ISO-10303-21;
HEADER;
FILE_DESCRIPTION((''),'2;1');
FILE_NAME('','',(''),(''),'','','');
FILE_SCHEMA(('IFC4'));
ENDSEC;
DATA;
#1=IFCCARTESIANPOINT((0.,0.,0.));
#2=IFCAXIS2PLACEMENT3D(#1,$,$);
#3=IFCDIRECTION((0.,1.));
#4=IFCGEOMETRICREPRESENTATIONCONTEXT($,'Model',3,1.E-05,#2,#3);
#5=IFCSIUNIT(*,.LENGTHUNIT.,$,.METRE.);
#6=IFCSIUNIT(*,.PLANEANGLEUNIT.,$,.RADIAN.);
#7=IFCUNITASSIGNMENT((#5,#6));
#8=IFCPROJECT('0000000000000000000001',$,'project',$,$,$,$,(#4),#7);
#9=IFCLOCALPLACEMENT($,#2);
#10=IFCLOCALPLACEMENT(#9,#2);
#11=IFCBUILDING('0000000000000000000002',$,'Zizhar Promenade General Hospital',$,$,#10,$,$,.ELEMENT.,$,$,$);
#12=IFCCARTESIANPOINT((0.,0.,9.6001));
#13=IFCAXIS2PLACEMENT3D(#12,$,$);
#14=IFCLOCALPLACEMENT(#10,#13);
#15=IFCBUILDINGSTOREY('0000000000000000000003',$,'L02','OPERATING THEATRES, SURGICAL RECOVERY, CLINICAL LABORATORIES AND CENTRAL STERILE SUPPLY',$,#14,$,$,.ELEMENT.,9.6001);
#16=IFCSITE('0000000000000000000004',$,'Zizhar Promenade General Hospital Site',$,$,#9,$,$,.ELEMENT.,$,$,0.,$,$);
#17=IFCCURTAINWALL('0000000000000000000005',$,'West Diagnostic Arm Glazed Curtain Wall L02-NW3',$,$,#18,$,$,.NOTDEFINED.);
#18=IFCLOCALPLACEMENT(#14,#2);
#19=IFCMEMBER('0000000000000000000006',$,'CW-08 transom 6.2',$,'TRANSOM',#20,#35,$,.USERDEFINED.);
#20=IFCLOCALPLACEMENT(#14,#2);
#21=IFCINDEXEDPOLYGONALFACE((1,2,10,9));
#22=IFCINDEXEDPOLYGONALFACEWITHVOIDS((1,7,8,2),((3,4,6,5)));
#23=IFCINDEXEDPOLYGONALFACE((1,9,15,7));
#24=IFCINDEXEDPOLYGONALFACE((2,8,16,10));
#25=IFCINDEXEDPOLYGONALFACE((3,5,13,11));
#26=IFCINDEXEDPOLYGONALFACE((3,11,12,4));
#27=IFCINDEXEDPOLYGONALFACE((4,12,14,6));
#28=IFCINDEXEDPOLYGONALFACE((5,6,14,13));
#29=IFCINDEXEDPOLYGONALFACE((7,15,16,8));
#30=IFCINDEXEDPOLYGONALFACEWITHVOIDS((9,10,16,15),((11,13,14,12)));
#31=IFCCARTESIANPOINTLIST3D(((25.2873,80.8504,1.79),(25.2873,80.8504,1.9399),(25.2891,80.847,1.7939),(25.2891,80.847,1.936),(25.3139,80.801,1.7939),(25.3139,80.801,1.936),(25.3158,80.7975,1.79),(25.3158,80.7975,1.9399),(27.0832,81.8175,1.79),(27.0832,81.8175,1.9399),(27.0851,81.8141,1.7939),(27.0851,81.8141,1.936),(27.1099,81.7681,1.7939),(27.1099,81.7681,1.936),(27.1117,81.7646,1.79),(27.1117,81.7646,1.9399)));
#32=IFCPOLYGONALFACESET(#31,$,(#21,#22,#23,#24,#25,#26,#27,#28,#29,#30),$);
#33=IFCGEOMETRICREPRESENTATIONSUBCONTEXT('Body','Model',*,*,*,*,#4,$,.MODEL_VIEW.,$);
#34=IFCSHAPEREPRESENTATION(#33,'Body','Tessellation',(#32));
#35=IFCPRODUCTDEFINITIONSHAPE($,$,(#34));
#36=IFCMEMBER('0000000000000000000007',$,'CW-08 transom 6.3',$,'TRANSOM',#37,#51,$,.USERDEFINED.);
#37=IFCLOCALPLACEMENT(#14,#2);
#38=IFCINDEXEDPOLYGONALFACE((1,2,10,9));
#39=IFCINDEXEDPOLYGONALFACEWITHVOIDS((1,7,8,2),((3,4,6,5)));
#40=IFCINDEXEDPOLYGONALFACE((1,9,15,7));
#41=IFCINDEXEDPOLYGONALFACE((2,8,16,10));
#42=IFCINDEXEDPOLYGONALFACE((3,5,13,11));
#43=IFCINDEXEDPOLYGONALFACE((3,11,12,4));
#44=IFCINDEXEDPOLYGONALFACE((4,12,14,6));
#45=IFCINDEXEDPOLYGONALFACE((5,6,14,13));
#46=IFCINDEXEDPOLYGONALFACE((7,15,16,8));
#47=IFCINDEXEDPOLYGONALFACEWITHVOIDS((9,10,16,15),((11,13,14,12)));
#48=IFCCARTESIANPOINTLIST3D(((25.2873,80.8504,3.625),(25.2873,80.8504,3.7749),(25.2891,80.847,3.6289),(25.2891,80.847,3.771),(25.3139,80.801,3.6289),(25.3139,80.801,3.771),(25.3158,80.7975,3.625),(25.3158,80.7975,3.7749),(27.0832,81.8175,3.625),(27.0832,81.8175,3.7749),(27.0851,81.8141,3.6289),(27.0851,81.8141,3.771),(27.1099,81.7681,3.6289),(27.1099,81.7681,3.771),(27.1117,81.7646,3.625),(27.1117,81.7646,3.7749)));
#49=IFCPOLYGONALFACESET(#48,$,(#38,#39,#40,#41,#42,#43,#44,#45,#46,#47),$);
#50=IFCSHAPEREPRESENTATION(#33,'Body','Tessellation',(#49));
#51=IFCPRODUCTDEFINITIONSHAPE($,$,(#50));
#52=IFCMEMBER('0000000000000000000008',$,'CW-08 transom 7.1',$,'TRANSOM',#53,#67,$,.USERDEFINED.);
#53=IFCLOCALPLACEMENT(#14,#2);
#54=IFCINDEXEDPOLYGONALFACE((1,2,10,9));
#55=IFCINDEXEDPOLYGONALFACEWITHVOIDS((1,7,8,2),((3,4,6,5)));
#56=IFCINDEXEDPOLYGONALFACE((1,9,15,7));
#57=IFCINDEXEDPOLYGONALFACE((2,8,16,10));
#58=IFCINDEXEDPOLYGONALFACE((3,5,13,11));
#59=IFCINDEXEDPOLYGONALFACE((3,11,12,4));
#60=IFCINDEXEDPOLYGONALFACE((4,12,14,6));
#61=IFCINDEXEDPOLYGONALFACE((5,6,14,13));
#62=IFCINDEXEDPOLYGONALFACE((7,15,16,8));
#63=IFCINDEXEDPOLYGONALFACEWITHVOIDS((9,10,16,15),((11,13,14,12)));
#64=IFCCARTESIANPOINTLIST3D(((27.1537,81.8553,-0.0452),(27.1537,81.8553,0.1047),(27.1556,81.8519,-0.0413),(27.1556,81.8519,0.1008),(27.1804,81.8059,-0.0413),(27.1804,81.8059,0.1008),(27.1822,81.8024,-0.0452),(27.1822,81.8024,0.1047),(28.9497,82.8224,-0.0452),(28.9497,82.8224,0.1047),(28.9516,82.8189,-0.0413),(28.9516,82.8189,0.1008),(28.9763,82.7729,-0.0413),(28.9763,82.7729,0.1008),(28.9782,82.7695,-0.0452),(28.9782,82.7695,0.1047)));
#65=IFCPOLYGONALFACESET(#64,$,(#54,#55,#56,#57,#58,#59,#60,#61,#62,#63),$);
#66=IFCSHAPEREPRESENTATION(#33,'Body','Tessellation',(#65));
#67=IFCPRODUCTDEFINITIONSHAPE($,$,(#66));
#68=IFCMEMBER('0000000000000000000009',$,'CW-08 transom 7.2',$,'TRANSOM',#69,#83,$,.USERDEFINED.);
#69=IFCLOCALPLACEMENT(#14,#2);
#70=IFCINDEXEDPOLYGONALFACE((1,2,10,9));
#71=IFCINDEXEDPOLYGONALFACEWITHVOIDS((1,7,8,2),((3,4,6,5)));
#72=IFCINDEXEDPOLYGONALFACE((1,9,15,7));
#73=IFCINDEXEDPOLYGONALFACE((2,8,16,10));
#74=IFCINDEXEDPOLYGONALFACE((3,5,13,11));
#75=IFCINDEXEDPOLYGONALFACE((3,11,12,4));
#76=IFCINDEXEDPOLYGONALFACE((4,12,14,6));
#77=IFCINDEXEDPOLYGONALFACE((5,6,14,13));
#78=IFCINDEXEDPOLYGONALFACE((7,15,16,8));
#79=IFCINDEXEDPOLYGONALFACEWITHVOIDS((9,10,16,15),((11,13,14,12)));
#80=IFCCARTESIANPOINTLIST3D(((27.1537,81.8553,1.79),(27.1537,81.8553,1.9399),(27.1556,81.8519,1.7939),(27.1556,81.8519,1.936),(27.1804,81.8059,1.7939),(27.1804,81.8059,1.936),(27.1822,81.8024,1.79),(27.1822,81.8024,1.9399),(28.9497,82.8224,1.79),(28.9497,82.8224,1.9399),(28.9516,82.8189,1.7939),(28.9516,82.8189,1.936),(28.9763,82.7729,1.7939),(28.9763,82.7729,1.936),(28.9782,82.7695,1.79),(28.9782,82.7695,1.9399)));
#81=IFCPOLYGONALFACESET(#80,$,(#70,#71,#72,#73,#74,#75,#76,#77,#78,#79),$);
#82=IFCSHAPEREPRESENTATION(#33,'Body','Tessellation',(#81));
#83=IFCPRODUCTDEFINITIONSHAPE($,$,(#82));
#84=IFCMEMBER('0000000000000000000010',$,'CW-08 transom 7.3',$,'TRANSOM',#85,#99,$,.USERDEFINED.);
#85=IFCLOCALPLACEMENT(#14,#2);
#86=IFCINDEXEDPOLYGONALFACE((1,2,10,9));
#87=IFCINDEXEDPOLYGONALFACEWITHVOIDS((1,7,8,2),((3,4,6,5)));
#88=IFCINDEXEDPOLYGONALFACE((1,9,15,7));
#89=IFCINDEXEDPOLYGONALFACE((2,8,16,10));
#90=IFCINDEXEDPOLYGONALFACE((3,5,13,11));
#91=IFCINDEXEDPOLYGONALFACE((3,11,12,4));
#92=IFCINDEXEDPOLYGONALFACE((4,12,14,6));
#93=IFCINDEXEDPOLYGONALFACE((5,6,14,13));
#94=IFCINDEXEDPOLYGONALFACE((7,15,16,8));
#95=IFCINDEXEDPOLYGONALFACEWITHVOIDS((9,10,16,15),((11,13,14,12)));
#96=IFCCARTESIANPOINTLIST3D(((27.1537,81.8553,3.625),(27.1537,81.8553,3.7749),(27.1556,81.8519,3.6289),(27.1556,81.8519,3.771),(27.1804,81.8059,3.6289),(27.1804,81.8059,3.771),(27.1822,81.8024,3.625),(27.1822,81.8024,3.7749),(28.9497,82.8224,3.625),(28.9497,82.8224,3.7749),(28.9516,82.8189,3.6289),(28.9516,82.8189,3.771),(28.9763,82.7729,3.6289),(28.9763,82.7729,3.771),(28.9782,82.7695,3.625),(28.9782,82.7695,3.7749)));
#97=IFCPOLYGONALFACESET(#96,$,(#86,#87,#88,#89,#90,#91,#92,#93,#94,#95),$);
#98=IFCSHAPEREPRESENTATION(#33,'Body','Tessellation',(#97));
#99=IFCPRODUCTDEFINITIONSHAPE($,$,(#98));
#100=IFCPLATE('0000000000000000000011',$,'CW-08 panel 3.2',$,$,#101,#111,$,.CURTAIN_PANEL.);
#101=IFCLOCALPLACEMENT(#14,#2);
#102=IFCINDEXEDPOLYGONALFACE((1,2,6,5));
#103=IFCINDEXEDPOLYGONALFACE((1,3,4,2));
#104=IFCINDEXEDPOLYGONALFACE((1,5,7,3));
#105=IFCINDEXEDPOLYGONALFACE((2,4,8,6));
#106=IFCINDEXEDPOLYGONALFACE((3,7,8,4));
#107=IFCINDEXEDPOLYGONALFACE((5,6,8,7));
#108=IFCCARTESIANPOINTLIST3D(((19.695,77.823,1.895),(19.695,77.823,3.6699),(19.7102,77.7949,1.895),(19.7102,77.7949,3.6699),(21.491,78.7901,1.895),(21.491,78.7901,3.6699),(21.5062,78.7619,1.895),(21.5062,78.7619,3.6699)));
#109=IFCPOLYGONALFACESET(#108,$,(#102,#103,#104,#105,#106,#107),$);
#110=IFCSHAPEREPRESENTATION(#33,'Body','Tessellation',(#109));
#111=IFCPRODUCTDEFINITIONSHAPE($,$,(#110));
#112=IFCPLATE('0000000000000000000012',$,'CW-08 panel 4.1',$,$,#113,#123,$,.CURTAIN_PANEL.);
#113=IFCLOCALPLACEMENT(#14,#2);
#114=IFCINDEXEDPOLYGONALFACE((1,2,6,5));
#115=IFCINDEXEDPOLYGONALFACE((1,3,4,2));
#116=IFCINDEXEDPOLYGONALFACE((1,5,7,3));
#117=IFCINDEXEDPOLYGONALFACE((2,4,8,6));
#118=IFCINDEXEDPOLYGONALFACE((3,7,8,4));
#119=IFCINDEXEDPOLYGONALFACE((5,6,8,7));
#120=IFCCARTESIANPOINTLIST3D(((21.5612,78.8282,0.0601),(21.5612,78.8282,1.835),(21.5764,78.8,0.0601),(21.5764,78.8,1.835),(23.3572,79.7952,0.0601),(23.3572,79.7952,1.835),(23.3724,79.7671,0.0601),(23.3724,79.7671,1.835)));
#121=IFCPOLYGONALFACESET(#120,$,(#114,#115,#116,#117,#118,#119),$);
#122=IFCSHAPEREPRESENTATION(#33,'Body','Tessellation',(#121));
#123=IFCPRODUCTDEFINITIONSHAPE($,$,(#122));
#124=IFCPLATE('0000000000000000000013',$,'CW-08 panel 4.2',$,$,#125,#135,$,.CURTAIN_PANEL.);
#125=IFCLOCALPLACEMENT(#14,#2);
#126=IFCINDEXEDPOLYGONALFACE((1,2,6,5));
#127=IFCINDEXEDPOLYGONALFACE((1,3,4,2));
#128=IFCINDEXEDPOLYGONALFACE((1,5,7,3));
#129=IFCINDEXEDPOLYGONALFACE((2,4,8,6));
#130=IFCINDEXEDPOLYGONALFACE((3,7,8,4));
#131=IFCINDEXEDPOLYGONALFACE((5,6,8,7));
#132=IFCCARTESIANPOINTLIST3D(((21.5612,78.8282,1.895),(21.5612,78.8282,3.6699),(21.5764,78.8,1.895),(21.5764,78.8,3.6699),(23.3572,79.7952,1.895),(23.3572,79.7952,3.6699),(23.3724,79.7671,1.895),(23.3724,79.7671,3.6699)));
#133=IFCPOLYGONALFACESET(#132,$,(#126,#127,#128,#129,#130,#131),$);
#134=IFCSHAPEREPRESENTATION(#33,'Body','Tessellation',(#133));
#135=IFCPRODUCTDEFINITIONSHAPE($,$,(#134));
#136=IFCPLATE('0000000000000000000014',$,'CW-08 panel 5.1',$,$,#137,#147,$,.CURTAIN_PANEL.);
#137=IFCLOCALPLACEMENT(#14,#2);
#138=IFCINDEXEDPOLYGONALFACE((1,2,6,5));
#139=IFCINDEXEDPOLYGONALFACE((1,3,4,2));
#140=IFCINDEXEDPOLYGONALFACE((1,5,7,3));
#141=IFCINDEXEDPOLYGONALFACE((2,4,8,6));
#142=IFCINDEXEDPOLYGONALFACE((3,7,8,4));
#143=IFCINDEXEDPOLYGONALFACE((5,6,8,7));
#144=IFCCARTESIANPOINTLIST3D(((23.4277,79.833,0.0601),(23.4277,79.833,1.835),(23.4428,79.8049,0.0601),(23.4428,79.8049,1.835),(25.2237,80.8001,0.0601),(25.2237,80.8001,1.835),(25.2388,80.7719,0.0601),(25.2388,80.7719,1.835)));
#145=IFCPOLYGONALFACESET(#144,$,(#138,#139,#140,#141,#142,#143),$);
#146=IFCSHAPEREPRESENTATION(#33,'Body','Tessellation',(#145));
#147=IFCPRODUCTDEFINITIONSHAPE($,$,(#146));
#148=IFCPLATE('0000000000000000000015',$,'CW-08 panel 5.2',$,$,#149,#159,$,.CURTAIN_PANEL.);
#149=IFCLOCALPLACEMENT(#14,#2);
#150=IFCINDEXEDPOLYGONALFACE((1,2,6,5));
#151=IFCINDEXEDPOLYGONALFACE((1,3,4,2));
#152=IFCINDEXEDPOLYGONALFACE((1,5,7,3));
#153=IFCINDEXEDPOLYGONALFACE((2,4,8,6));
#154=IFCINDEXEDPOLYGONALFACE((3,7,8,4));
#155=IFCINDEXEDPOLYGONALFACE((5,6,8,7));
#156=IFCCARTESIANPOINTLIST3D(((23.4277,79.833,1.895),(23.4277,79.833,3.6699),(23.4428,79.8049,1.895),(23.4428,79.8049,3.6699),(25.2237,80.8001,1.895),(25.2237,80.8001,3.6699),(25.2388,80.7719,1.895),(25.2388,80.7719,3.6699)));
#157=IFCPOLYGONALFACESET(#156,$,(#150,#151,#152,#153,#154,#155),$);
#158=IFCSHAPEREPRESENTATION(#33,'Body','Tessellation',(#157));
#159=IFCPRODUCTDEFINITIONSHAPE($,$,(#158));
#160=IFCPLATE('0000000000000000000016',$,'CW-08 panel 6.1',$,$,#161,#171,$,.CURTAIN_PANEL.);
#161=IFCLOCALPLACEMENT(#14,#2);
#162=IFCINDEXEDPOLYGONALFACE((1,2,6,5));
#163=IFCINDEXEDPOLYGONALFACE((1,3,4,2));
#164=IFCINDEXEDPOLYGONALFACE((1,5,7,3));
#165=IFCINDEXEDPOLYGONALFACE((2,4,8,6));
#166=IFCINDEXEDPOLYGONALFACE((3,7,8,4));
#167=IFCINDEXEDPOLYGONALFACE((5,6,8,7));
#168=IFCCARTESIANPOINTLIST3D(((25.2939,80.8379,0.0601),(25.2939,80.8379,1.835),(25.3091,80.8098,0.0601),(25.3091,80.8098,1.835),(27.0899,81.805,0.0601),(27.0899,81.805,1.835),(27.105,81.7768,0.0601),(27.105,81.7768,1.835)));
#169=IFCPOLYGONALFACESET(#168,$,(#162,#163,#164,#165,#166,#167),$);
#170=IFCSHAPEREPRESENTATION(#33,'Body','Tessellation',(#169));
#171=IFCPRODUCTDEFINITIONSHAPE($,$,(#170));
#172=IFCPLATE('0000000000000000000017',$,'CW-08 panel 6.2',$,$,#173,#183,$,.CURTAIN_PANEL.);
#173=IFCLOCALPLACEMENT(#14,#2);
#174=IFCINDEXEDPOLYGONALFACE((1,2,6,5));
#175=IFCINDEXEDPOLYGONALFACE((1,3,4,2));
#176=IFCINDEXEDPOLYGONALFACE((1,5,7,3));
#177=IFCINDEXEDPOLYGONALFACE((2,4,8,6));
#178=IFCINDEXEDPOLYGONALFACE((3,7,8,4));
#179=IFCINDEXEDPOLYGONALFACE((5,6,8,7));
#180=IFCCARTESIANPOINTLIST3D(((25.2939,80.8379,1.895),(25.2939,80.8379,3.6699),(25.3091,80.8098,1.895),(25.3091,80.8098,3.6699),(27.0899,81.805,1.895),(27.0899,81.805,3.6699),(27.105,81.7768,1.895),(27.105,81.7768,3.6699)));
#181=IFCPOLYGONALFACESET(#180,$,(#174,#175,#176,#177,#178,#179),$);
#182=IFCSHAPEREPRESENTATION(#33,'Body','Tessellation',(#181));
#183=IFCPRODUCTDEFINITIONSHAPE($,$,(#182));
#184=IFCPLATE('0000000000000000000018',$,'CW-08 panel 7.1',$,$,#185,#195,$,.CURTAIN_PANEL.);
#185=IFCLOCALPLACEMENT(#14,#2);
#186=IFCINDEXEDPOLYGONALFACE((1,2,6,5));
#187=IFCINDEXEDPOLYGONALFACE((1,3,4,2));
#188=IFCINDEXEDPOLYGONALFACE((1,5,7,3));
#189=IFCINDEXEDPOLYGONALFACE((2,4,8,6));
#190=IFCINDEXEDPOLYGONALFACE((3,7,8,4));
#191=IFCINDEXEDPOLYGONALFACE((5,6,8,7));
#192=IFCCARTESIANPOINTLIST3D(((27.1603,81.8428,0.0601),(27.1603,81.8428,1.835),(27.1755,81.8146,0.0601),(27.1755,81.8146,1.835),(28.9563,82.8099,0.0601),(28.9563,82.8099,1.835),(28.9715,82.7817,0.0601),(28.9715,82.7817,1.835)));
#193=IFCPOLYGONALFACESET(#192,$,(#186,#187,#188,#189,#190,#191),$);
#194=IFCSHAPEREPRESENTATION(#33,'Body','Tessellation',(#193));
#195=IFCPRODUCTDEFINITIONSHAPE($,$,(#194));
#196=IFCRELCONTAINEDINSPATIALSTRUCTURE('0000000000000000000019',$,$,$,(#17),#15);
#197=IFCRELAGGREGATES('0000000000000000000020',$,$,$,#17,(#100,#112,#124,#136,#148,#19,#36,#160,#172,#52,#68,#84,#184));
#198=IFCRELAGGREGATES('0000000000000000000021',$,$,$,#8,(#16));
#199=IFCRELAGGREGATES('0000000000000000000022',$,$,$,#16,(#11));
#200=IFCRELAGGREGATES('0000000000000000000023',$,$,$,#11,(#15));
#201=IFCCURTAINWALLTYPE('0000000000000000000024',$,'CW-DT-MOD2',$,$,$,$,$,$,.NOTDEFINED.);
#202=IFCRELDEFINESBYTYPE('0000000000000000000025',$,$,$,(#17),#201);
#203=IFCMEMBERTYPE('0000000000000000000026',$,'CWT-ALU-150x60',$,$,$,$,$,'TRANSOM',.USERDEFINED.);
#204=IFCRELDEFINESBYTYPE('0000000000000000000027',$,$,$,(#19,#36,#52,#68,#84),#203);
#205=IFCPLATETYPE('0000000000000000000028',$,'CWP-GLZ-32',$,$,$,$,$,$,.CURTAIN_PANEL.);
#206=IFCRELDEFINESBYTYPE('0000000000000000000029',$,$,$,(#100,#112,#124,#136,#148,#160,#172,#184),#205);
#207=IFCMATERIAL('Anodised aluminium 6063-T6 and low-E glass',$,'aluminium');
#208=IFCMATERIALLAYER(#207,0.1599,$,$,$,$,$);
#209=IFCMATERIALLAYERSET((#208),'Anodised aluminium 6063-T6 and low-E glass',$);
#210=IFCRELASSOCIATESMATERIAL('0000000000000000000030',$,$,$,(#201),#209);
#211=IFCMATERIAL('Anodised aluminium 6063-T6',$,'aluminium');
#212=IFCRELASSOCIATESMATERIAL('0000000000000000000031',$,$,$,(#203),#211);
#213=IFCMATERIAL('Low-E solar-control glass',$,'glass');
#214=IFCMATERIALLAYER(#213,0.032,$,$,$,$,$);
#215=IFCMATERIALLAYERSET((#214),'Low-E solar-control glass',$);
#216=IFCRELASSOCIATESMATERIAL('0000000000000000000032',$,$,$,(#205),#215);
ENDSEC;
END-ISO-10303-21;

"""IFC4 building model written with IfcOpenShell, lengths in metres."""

from ifc_helpers import new_model, si_unit, direction, frame, origin, origin_2d, place, context, subcontext, project, spatial, rectangle, hollow_rectangle, extrude, material, layer, layer_set, material_profile, profile_set, type_object, element, aggregate, save


model = new_model("IFC4")

# Units and contexts
model_context = context("Model", 3, precision=1e-05, world=origin(), true_north=direction((0.0, 1.0)))
body_context = subcontext(model_context, "Body", "Model", "MODEL_VIEW")
ifc_project = project(units=[si_unit("LENGTHUNIT", "METRE"), si_unit("PLANEANGLEUNIT", "RADIAN")], contexts=[model_context])

# Site, building, storey
site_placement = place(None, origin())
site = spatial("IfcSite", under=ifc_project, at=site_placement, Name="Zizhar Promenade General Hospital Site", CompositionType="ELEMENT", RefElevation=0.0)
building_placement = place(site_placement, origin())
building = spatial("IfcBuilding", under=site, at=building_placement, Name="Zizhar Promenade General Hospital", CompositionType="ELEMENT")
storey_placement = place(building_placement, frame((0.0, 0.0, 9.6001)))
storey = spatial("IfcBuildingStorey", under=building, at=storey_placement, Name="L02", Description="OPERATING THEATRES, SURGICAL RECOVERY, CLINICAL LABORATORIES AND CENTRAL STERILE SUPPLY", CompositionType="ELEMENT", Elevation=9.6001)

# Curtain wall, members, plates
ifc_material_1 = material(Name="Anodised aluminium 6063-T6 and low-E glass", Category="aluminium")
ifc_layer_1 = layer(ifc_material_1, 0.1599)
ifc_layer_set_1 = layer_set([ifc_layer_1], Name="Anodised aluminium 6063-T6 and low-E glass")
curtain_wall_type = type_object("IfcCurtainWallType", Name="CW-DT-MOD2", PredefinedType="NOTDEFINED", material=ifc_layer_set_1)
curtain_wall_placement = place(storey_placement, origin())
curtain_wall = element("IfcCurtainWall", 1, at=curtain_wall_placement, inside=storey, type_object=curtain_wall_type, Name="West Diagnostic Arm Glazed Curtain Wall L02-NW3", PredefinedType="NOTDEFINED")
ifc_material_2 = material(Name="Anodised aluminium 6063-T6", Category="aluminium")
ifc_material_profile_1 = material_profile(ifc_material_2, hollow_rectangle(XDim=0.0601, YDim=0.1499, WallThickness=0.0039, at=origin_2d()))
ifc_profile_set_1 = profile_set([ifc_material_profile_1], Name="Anodised aluminium 6063-T6")
member_type_1 = type_object("IfcMemberType", Name="CWT-ALU-150x60", ElementType="TRANSOM", PredefinedType="USERDEFINED", material=ifc_profile_set_1)
member_1_placement = place(storey_placement, frame((25.3015, 80.824, 1.865), z_axis=(0.880467, 0.474107, 0.0), x_axis=(-0.474107, 0.880467, 0.0)))
member_1 = element("IfcMember", 2, at=member_1_placement, type_object=member_type_1, Name="CW-08 transom 6.2", ObjectType="TRANSOM", PredefinedType="USERDEFINED", context=body_context, shape_type="SweptSolid", body=[
    extrude(hollow_rectangle(XDim=0.0601, YDim=0.1499, WallThickness=0.0039, at=origin_2d()), origin(), (0.0, 0.0, 1.0), 2.0398),
])
member_2_placement = place(storey_placement, frame((25.3015, 80.824, 3.7), z_axis=(0.880467, 0.474107, 0.0), x_axis=(-0.474107, 0.880467, 0.0)))
member_2 = element("IfcMember", 3, at=member_2_placement, type_object=member_type_1, Name="CW-08 transom 6.3", ObjectType="TRANSOM", PredefinedType="USERDEFINED", context=body_context, shape_type="SweptSolid", body=[
    extrude(hollow_rectangle(XDim=0.0601, YDim=0.1499, WallThickness=0.0039, at=origin_2d()), origin(), (0.0, 0.0, 1.0), 2.0398),
])
member_3_placement = place(storey_placement, frame((27.168, 81.8289, 0.0298), z_axis=(0.880467, 0.474107, 0.0), x_axis=(-0.474107, 0.880467, 0.0)))
member_3 = element("IfcMember", 4, at=member_3_placement, type_object=member_type_1, Name="CW-08 transom 7.1", ObjectType="TRANSOM", PredefinedType="USERDEFINED", context=body_context, shape_type="SweptSolid", body=[
    extrude(hollow_rectangle(XDim=0.0601, YDim=0.1499, WallThickness=0.0039, at=origin_2d()), origin(), (0.0, 0.0, 1.0), 2.0398),
])
member_4_placement = place(storey_placement, frame((27.168, 81.8289, 1.865), z_axis=(0.880467, 0.474107, 0.0), x_axis=(-0.474107, 0.880467, 0.0)))
member_4 = element("IfcMember", 5, at=member_4_placement, type_object=member_type_1, Name="CW-08 transom 7.2", ObjectType="TRANSOM", PredefinedType="USERDEFINED", context=body_context, shape_type="SweptSolid", body=[
    extrude(hollow_rectangle(XDim=0.0601, YDim=0.1499, WallThickness=0.0039, at=origin_2d()), origin(), (0.0, 0.0, 1.0), 2.0398),
])
member_5_placement = place(storey_placement, frame((27.168, 81.8289, 3.7), z_axis=(0.880467, 0.474107, 0.0), x_axis=(-0.474107, 0.880467, 0.0)))
member_5 = element("IfcMember", 6, at=member_5_placement, type_object=member_type_1, Name="CW-08 transom 7.3", ObjectType="TRANSOM", PredefinedType="USERDEFINED", context=body_context, shape_type="SweptSolid", body=[
    extrude(hollow_rectangle(XDim=0.0601, YDim=0.1499, WallThickness=0.0039, at=origin_2d()), origin(), (0.0, 0.0, 1.0), 2.0398),
])
ifc_material_3 = material(Name="Low-E solar-control glass", Category="glass")
ifc_layer_2 = layer(ifc_material_3, 0.032)
ifc_layer_set_2 = layer_set([ifc_layer_2], Name="Low-E solar-control glass")
plate_type = type_object("IfcPlateType", Name="CWP-GLZ-32", PredefinedType="CURTAIN_PANEL", material=ifc_layer_set_2)
plate_1_placement = place(storey_placement, frame((20.6006, 78.2925, 1.895), z_axis=(0.0, 0.0, 1.0), x_axis=(0.880473, 0.474097, 0.0)))
plate_1 = element("IfcPlate", 7, at=plate_1_placement, type_object=plate_type, Name="CW-08 panel 3.2", PredefinedType="CURTAIN_PANEL", context=body_context, shape_type="SweptSolid", body=[
    extrude(rectangle(XDim=2.0398, YDim=0.032, at=origin_2d()), origin(), (0.0, 0.0, 1.0), 1.7749),
])
plate_2_placement = place(storey_placement, frame((22.4668, 79.2976, 0.0601), z_axis=(0.0, 0.0, 1.0), x_axis=(0.880473, 0.474097, 0.0)))
plate_2 = element("IfcPlate", 8, at=plate_2_placement, type_object=plate_type, Name="CW-08 panel 4.1", PredefinedType="CURTAIN_PANEL", context=body_context, shape_type="SweptSolid", body=[
    extrude(rectangle(XDim=2.0398, YDim=0.032, at=origin_2d()), origin(), (0.0, 0.0, 1.0), 1.7749),
])
plate_3_placement = place(storey_placement, frame((22.4668, 79.2976, 1.895), z_axis=(0.0, 0.0, 1.0), x_axis=(0.880473, 0.474097, 0.0)))
plate_3 = element("IfcPlate", 9, at=plate_3_placement, type_object=plate_type, Name="CW-08 panel 4.2", PredefinedType="CURTAIN_PANEL", context=body_context, shape_type="SweptSolid", body=[
    extrude(rectangle(XDim=2.0398, YDim=0.032, at=origin_2d()), origin(), (0.0, 0.0, 1.0), 1.7749),
])
plate_4_placement = place(storey_placement, frame((24.3333, 80.3025, 0.0601), z_axis=(0.0, 0.0, 1.0), x_axis=(0.880473, 0.474097, 0.0)))
plate_4 = element("IfcPlate", 10, at=plate_4_placement, type_object=plate_type, Name="CW-08 panel 5.1", PredefinedType="CURTAIN_PANEL", context=body_context, shape_type="SweptSolid", body=[
    extrude(rectangle(XDim=2.0398, YDim=0.032, at=origin_2d()), origin(), (0.0, 0.0, 1.0), 1.7749),
])
plate_5_placement = place(storey_placement, frame((24.3333, 80.3025, 1.895), z_axis=(0.0, 0.0, 1.0), x_axis=(0.880473, 0.474097, 0.0)))
plate_5 = element("IfcPlate", 11, at=plate_5_placement, type_object=plate_type, Name="CW-08 panel 5.2", PredefinedType="CURTAIN_PANEL", context=body_context, shape_type="SweptSolid", body=[
    extrude(rectangle(XDim=2.0398, YDim=0.032, at=origin_2d()), origin(), (0.0, 0.0, 1.0), 1.7749),
])
plate_6_placement = place(storey_placement, frame((26.1995, 81.3074, 0.0601), z_axis=(0.0, 0.0, 1.0), x_axis=(0.880473, 0.474097, 0.0)))
plate_6 = element("IfcPlate", 12, at=plate_6_placement, type_object=plate_type, Name="CW-08 panel 6.1", PredefinedType="CURTAIN_PANEL", context=body_context, shape_type="SweptSolid", body=[
    extrude(rectangle(XDim=2.0398, YDim=0.032, at=origin_2d()), origin(), (0.0, 0.0, 1.0), 1.7749),
])
plate_7_placement = place(storey_placement, frame((26.1995, 81.3074, 1.895), z_axis=(0.0, 0.0, 1.0), x_axis=(0.880473, 0.474097, 0.0)))
plate_7 = element("IfcPlate", 13, at=plate_7_placement, type_object=plate_type, Name="CW-08 panel 6.2", PredefinedType="CURTAIN_PANEL", context=body_context, shape_type="SweptSolid", body=[
    extrude(rectangle(XDim=2.0398, YDim=0.032, at=origin_2d()), origin(), (0.0, 0.0, 1.0), 1.7749),
])
plate_8_placement = place(storey_placement, frame((28.0659, 82.3123, 0.0601), z_axis=(0.0, 0.0, 1.0), x_axis=(0.880473, 0.474097, 0.0)))
plate_8 = element("IfcPlate", 14, at=plate_8_placement, type_object=plate_type, Name="CW-08 panel 7.1", PredefinedType="CURTAIN_PANEL", context=body_context, shape_type="SweptSolid", body=[
    extrude(rectangle(XDim=2.0398, YDim=0.032, at=origin_2d()), origin(), (0.0, 0.0, 1.0), 1.7749),
])
aggregate(curtain_wall, [plate_1, plate_2, plate_3, plate_4, plate_5, member_1, member_2, plate_6, plate_7, member_3, member_4, member_5, plate_8])

save(model, "model.ifc")
